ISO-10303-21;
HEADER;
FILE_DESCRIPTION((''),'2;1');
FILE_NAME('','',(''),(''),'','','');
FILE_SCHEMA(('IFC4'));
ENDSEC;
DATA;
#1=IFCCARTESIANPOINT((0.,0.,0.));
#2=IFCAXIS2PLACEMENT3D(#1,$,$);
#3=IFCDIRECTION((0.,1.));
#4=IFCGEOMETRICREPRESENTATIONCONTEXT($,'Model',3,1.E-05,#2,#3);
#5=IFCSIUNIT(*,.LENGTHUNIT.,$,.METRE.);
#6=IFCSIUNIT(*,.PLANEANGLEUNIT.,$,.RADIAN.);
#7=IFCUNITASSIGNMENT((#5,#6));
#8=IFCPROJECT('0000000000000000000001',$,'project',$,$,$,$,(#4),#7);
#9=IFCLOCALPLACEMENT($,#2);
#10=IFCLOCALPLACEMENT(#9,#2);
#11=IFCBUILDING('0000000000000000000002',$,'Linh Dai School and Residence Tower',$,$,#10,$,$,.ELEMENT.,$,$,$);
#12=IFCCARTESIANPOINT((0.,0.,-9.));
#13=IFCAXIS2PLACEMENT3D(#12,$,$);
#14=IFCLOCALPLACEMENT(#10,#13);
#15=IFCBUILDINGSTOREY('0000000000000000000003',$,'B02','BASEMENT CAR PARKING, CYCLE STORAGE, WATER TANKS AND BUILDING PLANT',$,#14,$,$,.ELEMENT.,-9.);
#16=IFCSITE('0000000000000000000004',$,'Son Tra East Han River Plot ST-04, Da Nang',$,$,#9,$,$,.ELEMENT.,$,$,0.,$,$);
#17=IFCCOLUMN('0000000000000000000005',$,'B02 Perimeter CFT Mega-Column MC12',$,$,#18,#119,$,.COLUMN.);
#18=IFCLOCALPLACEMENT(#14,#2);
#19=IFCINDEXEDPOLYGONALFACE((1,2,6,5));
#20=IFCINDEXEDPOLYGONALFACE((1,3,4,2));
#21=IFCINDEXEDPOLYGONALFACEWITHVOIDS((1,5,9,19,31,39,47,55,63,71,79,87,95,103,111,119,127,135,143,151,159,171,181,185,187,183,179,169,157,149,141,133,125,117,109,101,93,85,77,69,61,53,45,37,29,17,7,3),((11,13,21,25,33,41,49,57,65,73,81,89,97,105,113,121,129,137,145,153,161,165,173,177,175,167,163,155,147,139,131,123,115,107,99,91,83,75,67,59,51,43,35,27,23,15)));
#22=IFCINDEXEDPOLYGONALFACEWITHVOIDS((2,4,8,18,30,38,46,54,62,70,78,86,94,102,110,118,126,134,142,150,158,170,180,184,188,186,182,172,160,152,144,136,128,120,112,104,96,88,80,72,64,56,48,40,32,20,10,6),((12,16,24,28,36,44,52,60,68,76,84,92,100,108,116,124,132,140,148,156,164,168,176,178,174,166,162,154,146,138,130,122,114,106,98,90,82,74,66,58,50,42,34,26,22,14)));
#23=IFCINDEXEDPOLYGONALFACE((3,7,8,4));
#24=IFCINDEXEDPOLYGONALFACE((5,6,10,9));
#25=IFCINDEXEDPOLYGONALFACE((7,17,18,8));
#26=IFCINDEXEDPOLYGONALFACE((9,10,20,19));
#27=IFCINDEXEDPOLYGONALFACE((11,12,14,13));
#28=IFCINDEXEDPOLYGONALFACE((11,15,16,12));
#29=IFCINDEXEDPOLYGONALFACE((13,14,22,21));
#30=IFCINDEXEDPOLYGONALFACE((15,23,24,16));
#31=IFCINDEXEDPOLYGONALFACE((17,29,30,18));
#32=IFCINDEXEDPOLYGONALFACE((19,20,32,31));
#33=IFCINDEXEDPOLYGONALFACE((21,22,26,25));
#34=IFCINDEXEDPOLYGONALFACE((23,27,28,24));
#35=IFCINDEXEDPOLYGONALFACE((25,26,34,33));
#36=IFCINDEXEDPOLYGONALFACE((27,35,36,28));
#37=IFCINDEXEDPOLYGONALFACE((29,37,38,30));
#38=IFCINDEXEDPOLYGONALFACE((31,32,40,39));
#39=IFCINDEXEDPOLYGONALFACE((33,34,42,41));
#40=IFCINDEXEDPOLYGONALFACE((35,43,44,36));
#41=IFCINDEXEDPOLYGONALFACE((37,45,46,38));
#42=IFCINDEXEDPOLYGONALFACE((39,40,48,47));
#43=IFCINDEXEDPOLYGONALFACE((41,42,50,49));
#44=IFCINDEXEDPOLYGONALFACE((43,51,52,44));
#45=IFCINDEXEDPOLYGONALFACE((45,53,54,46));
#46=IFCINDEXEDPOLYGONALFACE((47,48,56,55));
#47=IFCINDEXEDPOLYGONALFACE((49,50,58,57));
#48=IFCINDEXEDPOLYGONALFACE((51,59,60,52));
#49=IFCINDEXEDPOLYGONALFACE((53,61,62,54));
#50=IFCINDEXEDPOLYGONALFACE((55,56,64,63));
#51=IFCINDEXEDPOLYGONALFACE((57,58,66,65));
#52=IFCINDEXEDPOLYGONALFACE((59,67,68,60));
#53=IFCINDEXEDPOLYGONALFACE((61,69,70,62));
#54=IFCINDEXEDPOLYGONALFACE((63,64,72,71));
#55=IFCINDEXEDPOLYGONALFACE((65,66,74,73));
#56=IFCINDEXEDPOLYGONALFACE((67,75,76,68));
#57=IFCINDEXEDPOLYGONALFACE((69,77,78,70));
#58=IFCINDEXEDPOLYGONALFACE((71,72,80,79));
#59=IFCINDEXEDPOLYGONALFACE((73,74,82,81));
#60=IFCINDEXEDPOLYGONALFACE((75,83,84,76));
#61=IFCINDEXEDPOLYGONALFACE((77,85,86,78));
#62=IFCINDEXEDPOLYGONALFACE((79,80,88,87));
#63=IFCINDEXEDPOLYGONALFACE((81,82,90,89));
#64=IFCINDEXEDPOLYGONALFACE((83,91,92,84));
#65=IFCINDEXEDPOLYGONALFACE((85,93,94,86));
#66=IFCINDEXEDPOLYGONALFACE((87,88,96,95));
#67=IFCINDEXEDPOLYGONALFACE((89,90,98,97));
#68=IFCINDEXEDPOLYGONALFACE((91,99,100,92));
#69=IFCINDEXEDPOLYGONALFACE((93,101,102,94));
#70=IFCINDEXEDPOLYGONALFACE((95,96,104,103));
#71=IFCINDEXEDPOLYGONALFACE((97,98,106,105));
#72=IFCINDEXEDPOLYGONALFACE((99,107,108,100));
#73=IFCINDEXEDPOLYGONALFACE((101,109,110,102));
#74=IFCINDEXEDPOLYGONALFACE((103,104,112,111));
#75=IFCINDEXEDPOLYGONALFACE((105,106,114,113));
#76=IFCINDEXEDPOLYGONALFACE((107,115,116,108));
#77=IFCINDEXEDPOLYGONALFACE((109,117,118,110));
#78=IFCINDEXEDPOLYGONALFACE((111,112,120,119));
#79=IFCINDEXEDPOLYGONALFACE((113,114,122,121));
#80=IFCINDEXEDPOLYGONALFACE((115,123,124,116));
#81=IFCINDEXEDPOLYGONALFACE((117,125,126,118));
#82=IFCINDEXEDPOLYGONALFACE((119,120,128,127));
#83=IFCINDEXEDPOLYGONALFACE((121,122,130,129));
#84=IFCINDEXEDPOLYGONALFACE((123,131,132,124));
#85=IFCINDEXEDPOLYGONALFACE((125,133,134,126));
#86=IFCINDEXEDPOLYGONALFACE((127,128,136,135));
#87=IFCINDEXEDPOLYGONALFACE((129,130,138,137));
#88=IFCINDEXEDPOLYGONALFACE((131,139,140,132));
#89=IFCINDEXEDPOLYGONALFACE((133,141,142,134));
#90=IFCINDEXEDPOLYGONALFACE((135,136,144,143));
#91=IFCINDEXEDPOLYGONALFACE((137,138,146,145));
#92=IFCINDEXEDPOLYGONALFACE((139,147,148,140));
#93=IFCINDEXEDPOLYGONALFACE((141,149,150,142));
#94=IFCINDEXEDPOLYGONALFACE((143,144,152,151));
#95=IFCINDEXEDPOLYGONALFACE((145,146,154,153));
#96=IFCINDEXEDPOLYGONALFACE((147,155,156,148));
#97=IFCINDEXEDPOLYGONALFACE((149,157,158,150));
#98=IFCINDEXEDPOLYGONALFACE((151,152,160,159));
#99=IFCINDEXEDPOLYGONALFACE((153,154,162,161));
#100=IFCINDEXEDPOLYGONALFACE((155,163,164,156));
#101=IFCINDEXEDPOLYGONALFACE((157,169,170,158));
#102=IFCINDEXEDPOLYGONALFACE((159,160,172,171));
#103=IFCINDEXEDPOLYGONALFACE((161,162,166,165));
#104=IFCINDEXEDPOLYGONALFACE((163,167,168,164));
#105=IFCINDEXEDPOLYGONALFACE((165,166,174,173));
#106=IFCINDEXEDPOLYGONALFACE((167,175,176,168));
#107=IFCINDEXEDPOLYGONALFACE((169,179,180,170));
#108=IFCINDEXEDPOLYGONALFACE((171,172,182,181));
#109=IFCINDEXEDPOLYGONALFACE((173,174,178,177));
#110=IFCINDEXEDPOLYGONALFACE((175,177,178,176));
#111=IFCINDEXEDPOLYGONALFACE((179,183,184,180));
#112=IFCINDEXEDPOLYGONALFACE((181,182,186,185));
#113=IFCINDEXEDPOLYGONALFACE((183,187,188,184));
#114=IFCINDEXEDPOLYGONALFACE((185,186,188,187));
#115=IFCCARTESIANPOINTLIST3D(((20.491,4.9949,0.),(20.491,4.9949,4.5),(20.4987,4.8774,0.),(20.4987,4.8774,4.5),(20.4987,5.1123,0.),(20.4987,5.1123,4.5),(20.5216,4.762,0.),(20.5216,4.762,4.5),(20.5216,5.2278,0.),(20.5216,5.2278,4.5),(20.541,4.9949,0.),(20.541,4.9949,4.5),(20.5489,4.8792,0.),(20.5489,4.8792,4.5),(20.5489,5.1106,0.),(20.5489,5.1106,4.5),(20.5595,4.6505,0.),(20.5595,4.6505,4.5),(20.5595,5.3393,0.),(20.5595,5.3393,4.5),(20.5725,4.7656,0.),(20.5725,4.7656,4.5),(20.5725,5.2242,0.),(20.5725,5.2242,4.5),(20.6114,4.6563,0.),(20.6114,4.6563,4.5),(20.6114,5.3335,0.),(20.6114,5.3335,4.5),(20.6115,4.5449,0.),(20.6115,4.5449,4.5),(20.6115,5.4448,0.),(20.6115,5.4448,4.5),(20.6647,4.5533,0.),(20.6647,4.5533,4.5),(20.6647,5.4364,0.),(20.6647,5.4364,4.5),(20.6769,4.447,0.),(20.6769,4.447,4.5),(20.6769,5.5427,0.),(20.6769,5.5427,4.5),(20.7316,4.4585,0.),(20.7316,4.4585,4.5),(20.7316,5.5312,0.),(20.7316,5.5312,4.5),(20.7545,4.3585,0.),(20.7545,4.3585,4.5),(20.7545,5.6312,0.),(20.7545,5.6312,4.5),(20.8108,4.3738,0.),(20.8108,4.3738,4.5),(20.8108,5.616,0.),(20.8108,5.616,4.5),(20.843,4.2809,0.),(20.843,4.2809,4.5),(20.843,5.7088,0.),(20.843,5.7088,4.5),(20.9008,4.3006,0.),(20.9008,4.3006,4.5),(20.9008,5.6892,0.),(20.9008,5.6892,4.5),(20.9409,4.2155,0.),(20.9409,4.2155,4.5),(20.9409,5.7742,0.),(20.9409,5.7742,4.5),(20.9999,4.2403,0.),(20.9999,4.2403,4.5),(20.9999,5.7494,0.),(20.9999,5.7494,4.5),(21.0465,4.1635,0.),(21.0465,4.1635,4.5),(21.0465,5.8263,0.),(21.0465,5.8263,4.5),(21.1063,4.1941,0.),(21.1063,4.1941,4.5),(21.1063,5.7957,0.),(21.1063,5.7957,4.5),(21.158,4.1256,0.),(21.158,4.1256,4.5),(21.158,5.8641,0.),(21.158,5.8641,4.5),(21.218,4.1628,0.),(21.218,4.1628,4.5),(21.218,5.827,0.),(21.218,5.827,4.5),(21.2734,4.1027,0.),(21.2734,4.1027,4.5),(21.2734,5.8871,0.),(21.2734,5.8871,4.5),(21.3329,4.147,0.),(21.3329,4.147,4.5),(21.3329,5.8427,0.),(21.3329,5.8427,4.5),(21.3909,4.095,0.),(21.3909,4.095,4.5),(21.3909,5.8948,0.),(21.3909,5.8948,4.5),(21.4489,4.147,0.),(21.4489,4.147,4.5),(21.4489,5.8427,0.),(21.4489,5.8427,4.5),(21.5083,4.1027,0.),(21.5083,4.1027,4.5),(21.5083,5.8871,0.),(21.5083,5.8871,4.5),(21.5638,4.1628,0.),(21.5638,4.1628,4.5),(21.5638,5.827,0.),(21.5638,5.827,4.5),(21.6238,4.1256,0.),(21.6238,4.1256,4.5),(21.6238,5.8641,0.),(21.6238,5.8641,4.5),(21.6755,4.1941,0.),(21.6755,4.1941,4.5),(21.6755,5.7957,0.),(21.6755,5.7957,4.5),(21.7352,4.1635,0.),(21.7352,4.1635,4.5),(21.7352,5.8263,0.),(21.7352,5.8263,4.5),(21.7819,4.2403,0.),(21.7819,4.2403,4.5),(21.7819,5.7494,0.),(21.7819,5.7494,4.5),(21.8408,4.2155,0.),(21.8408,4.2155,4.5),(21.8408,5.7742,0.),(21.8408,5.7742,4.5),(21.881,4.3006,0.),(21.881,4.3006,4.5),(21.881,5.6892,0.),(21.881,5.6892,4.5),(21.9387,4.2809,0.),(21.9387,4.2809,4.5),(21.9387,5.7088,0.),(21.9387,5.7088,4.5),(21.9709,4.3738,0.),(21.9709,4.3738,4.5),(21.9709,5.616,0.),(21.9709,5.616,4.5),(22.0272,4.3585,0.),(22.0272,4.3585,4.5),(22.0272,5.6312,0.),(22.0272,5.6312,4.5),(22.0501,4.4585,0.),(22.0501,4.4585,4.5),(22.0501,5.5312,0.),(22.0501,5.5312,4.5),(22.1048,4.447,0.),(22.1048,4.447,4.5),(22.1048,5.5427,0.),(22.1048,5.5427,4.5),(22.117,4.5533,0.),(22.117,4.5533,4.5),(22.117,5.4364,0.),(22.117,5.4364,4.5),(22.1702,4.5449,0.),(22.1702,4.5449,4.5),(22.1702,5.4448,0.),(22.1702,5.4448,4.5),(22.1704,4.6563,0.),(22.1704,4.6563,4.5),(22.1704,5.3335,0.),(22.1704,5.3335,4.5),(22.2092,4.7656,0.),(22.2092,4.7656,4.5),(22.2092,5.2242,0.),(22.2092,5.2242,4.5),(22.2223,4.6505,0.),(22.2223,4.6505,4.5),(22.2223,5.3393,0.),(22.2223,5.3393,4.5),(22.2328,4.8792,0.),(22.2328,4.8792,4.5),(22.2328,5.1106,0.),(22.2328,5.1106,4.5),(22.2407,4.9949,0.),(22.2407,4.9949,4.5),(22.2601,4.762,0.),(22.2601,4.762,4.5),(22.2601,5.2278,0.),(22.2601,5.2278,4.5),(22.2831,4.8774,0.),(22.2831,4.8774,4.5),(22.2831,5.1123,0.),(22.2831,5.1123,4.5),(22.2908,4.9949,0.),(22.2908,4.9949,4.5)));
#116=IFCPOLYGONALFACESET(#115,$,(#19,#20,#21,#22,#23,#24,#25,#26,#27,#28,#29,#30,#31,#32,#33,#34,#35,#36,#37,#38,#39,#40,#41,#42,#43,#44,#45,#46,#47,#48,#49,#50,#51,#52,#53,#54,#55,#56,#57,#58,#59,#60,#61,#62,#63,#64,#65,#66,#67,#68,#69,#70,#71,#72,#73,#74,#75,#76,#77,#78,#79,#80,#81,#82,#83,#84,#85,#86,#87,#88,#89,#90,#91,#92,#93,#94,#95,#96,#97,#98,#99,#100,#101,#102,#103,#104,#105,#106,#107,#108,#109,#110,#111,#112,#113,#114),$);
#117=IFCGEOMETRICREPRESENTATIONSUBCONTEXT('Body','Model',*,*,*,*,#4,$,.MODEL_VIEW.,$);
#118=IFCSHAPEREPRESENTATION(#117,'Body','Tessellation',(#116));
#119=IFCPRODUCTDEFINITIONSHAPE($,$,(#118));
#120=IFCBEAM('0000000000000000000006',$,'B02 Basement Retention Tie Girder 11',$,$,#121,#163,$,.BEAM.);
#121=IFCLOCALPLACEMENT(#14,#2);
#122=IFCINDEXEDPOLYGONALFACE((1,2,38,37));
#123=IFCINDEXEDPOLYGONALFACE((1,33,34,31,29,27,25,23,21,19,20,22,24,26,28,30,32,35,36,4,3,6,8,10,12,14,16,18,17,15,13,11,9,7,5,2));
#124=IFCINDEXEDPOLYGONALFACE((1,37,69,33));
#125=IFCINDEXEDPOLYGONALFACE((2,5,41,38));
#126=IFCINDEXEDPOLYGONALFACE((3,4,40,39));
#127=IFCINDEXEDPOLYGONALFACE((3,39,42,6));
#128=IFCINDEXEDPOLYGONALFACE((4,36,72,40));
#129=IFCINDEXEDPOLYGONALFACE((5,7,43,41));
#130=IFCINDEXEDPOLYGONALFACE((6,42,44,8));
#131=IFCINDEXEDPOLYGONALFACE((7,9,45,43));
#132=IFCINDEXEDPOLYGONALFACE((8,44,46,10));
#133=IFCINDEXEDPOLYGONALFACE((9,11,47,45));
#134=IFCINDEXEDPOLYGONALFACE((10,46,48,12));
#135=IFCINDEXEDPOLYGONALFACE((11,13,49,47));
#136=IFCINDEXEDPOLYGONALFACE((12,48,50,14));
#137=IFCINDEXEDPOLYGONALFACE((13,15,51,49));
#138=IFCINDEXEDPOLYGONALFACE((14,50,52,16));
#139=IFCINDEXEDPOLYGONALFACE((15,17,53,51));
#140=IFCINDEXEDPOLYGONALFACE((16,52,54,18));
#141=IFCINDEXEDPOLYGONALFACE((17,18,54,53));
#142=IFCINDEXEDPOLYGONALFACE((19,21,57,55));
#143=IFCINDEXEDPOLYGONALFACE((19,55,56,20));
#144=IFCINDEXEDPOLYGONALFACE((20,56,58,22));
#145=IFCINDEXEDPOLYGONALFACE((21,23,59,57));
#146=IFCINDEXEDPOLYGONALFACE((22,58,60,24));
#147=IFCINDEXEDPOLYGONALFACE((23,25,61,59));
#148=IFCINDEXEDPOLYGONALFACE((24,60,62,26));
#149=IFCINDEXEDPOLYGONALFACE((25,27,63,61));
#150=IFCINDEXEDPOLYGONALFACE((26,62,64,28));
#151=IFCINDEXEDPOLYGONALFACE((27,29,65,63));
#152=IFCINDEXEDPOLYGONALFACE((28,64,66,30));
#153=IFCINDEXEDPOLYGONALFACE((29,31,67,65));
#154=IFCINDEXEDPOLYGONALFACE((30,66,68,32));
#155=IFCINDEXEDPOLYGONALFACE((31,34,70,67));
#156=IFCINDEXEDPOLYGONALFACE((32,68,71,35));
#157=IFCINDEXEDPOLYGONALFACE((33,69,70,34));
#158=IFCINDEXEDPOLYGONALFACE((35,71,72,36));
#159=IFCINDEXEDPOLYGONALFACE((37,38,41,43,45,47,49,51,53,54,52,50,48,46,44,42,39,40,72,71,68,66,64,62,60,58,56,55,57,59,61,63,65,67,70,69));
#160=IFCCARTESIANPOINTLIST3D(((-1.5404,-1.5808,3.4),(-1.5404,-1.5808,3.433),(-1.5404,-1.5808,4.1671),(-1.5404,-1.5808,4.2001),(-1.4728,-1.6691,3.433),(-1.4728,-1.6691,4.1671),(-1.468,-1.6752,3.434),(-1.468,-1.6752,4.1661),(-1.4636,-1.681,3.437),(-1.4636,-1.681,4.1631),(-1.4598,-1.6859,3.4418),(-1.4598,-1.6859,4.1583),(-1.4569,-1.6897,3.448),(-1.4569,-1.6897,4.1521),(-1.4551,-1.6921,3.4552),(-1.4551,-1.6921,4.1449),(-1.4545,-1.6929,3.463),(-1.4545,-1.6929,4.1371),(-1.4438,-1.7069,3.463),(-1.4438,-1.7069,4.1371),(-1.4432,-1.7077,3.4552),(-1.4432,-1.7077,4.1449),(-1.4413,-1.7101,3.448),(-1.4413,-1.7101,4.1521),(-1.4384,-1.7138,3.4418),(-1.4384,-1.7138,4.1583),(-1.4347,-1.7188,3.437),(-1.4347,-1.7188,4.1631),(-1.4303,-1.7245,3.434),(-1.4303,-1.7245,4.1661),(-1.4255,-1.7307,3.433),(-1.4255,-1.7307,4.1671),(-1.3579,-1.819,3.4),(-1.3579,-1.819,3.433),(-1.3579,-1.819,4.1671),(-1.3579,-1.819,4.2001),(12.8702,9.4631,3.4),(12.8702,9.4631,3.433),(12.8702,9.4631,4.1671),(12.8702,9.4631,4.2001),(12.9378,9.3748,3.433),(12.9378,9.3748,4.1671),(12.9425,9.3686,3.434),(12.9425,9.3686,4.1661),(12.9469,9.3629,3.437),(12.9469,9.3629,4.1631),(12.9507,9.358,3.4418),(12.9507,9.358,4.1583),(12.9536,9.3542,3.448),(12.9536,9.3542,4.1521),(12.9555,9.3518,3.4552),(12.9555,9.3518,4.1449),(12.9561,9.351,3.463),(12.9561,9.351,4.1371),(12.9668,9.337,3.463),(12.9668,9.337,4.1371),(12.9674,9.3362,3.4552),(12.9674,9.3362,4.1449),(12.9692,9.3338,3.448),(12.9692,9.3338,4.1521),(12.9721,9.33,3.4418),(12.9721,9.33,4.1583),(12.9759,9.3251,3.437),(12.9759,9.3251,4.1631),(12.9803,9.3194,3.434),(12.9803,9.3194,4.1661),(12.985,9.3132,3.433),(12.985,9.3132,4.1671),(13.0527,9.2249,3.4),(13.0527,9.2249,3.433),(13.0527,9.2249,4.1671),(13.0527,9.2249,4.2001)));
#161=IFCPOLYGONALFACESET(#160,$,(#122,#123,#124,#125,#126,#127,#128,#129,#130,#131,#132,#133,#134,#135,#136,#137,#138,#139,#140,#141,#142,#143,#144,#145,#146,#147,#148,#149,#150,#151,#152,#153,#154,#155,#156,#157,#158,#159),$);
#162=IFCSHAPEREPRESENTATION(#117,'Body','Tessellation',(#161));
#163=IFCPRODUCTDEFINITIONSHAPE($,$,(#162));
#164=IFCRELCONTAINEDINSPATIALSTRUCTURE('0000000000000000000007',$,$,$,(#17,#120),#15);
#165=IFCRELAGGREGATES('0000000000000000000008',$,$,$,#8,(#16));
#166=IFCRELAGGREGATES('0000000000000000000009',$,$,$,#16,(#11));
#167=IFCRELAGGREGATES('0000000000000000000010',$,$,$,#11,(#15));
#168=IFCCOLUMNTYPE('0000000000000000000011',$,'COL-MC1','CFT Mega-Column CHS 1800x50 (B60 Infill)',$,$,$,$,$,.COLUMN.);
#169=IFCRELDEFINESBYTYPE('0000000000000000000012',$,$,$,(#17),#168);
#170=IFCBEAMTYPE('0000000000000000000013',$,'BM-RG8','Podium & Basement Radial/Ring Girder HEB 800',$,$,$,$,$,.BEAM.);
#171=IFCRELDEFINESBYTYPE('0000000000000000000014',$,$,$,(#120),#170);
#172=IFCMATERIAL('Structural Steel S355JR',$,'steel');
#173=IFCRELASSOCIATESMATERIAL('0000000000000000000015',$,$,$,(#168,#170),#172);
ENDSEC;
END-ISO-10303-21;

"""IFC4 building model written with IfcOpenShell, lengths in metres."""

from ifc_helpers import new_model, si_unit, direction, frame, origin, origin_2d, place, context, subcontext, project, spatial, hollow_circle, i_section, extrude, material, material_profile, profile_set, type_object, element, save


model = new_model("IFC4")

# Units and contexts
model_context = context("Model", 3, precision=1e-05, world=origin(), true_north=direction((0.0, 1.0)))
body_context = subcontext(model_context, "Body", "Model", "MODEL_VIEW")
ifc_project = project(units=[si_unit("LENGTHUNIT", "METRE"), si_unit("PLANEANGLEUNIT", "RADIAN")], contexts=[model_context])

# Site, building, storey
site_placement = place(None, origin())
site = spatial("IfcSite", under=ifc_project, at=site_placement, Name="Son Tra East Han River Plot ST-04, Da Nang", CompositionType="ELEMENT", RefElevation=0.0)
building_placement = place(site_placement, origin())
building = spatial("IfcBuilding", under=site, at=building_placement, Name="Linh Dai School and Residence Tower", CompositionType="ELEMENT")
storey_placement = place(building_placement, frame((0.0, 0.0, -9.0)))
storey = spatial("IfcBuildingStorey", under=building, at=storey_placement, Name="B02", Description="BASEMENT CAR PARKING, CYCLE STORAGE, WATER TANKS AND BUILDING PLANT", CompositionType="ELEMENT", Elevation=-9.0)

# Column
ifc_material_1 = material(Name="Structural Steel S355JR", Category="steel")
ifc_material_profile_1 = material_profile(ifc_material_1, hollow_circle(Radius=0.8999, WallThickness=0.05, at=origin_2d()), Name="CHS 1800x50")
ifc_profile_set_1 = profile_set([ifc_material_profile_1], Name="Structural Steel S355JR")
column_type_1 = type_object("IfcColumnType", Name="COL-MC1", Description="CFT Mega-Column CHS 1800x50 (B60 Infill)", PredefinedType="COLUMN", material=ifc_profile_set_1)
for number, where, z_axis, x_axis, name in (
    (1, (21.3909, 4.9949, 0.0), (0.0, 0.0, 1.0), (1.0, 0.0, 0.0), "B02 Perimeter CFT Mega-Column MC12"),
):
    element("IfcColumn", number, at=place(storey_placement, frame(where, z_axis=z_axis, x_axis=x_axis)), inside=storey, type_object=column_type_1, Name=name, PredefinedType="COLUMN", context=body_context, shape_type="SweptSolid", body=[
        extrude(hollow_circle(Radius=0.8999, WallThickness=0.05, at=origin_2d()), origin(), (0.0, 0.0, 1.0), 4.5),
    ])

# Beam
ifc_material_profile_2 = material_profile(ifc_material_1, i_section(OverallWidth=0.3, OverallDepth=0.8, WebThickness=0.0176, FlangeThickness=0.033, FilletRadius=0.03, at=origin_2d()), Name="HEB 800")
ifc_profile_set_2 = profile_set([ifc_material_profile_2], Name="Structural Steel S355JR")
beam_type_1 = type_object("IfcBeamType", Name="BM-RG8", Description="Podium & Basement Radial/Ring Girder HEB 800", PredefinedType="BEAM", material=ifc_profile_set_2)
beam_1_placement = place(storey_placement, frame((12.9614, 9.344, 3.8), z_axis=(-0.793718, -0.608285, 0.0), x_axis=(0.608285, -0.793718, 0.0)))
element("IfcBeam", 2, at=beam_1_placement, inside=storey, type_object=beam_type_1, Name="B02 Basement Retention Tie Girder 11", PredefinedType="BEAM", context=body_context, shape_type="SweptSolid", body=[
    extrude(i_section(OverallWidth=0.3, OverallDepth=0.8, WebThickness=0.0176, FlangeThickness=0.033, FilletRadius=0.03, at=origin_2d()), origin(), (0.0, 0.0, 1.0), 18.1558),
])

save(model, "model.ifc")
